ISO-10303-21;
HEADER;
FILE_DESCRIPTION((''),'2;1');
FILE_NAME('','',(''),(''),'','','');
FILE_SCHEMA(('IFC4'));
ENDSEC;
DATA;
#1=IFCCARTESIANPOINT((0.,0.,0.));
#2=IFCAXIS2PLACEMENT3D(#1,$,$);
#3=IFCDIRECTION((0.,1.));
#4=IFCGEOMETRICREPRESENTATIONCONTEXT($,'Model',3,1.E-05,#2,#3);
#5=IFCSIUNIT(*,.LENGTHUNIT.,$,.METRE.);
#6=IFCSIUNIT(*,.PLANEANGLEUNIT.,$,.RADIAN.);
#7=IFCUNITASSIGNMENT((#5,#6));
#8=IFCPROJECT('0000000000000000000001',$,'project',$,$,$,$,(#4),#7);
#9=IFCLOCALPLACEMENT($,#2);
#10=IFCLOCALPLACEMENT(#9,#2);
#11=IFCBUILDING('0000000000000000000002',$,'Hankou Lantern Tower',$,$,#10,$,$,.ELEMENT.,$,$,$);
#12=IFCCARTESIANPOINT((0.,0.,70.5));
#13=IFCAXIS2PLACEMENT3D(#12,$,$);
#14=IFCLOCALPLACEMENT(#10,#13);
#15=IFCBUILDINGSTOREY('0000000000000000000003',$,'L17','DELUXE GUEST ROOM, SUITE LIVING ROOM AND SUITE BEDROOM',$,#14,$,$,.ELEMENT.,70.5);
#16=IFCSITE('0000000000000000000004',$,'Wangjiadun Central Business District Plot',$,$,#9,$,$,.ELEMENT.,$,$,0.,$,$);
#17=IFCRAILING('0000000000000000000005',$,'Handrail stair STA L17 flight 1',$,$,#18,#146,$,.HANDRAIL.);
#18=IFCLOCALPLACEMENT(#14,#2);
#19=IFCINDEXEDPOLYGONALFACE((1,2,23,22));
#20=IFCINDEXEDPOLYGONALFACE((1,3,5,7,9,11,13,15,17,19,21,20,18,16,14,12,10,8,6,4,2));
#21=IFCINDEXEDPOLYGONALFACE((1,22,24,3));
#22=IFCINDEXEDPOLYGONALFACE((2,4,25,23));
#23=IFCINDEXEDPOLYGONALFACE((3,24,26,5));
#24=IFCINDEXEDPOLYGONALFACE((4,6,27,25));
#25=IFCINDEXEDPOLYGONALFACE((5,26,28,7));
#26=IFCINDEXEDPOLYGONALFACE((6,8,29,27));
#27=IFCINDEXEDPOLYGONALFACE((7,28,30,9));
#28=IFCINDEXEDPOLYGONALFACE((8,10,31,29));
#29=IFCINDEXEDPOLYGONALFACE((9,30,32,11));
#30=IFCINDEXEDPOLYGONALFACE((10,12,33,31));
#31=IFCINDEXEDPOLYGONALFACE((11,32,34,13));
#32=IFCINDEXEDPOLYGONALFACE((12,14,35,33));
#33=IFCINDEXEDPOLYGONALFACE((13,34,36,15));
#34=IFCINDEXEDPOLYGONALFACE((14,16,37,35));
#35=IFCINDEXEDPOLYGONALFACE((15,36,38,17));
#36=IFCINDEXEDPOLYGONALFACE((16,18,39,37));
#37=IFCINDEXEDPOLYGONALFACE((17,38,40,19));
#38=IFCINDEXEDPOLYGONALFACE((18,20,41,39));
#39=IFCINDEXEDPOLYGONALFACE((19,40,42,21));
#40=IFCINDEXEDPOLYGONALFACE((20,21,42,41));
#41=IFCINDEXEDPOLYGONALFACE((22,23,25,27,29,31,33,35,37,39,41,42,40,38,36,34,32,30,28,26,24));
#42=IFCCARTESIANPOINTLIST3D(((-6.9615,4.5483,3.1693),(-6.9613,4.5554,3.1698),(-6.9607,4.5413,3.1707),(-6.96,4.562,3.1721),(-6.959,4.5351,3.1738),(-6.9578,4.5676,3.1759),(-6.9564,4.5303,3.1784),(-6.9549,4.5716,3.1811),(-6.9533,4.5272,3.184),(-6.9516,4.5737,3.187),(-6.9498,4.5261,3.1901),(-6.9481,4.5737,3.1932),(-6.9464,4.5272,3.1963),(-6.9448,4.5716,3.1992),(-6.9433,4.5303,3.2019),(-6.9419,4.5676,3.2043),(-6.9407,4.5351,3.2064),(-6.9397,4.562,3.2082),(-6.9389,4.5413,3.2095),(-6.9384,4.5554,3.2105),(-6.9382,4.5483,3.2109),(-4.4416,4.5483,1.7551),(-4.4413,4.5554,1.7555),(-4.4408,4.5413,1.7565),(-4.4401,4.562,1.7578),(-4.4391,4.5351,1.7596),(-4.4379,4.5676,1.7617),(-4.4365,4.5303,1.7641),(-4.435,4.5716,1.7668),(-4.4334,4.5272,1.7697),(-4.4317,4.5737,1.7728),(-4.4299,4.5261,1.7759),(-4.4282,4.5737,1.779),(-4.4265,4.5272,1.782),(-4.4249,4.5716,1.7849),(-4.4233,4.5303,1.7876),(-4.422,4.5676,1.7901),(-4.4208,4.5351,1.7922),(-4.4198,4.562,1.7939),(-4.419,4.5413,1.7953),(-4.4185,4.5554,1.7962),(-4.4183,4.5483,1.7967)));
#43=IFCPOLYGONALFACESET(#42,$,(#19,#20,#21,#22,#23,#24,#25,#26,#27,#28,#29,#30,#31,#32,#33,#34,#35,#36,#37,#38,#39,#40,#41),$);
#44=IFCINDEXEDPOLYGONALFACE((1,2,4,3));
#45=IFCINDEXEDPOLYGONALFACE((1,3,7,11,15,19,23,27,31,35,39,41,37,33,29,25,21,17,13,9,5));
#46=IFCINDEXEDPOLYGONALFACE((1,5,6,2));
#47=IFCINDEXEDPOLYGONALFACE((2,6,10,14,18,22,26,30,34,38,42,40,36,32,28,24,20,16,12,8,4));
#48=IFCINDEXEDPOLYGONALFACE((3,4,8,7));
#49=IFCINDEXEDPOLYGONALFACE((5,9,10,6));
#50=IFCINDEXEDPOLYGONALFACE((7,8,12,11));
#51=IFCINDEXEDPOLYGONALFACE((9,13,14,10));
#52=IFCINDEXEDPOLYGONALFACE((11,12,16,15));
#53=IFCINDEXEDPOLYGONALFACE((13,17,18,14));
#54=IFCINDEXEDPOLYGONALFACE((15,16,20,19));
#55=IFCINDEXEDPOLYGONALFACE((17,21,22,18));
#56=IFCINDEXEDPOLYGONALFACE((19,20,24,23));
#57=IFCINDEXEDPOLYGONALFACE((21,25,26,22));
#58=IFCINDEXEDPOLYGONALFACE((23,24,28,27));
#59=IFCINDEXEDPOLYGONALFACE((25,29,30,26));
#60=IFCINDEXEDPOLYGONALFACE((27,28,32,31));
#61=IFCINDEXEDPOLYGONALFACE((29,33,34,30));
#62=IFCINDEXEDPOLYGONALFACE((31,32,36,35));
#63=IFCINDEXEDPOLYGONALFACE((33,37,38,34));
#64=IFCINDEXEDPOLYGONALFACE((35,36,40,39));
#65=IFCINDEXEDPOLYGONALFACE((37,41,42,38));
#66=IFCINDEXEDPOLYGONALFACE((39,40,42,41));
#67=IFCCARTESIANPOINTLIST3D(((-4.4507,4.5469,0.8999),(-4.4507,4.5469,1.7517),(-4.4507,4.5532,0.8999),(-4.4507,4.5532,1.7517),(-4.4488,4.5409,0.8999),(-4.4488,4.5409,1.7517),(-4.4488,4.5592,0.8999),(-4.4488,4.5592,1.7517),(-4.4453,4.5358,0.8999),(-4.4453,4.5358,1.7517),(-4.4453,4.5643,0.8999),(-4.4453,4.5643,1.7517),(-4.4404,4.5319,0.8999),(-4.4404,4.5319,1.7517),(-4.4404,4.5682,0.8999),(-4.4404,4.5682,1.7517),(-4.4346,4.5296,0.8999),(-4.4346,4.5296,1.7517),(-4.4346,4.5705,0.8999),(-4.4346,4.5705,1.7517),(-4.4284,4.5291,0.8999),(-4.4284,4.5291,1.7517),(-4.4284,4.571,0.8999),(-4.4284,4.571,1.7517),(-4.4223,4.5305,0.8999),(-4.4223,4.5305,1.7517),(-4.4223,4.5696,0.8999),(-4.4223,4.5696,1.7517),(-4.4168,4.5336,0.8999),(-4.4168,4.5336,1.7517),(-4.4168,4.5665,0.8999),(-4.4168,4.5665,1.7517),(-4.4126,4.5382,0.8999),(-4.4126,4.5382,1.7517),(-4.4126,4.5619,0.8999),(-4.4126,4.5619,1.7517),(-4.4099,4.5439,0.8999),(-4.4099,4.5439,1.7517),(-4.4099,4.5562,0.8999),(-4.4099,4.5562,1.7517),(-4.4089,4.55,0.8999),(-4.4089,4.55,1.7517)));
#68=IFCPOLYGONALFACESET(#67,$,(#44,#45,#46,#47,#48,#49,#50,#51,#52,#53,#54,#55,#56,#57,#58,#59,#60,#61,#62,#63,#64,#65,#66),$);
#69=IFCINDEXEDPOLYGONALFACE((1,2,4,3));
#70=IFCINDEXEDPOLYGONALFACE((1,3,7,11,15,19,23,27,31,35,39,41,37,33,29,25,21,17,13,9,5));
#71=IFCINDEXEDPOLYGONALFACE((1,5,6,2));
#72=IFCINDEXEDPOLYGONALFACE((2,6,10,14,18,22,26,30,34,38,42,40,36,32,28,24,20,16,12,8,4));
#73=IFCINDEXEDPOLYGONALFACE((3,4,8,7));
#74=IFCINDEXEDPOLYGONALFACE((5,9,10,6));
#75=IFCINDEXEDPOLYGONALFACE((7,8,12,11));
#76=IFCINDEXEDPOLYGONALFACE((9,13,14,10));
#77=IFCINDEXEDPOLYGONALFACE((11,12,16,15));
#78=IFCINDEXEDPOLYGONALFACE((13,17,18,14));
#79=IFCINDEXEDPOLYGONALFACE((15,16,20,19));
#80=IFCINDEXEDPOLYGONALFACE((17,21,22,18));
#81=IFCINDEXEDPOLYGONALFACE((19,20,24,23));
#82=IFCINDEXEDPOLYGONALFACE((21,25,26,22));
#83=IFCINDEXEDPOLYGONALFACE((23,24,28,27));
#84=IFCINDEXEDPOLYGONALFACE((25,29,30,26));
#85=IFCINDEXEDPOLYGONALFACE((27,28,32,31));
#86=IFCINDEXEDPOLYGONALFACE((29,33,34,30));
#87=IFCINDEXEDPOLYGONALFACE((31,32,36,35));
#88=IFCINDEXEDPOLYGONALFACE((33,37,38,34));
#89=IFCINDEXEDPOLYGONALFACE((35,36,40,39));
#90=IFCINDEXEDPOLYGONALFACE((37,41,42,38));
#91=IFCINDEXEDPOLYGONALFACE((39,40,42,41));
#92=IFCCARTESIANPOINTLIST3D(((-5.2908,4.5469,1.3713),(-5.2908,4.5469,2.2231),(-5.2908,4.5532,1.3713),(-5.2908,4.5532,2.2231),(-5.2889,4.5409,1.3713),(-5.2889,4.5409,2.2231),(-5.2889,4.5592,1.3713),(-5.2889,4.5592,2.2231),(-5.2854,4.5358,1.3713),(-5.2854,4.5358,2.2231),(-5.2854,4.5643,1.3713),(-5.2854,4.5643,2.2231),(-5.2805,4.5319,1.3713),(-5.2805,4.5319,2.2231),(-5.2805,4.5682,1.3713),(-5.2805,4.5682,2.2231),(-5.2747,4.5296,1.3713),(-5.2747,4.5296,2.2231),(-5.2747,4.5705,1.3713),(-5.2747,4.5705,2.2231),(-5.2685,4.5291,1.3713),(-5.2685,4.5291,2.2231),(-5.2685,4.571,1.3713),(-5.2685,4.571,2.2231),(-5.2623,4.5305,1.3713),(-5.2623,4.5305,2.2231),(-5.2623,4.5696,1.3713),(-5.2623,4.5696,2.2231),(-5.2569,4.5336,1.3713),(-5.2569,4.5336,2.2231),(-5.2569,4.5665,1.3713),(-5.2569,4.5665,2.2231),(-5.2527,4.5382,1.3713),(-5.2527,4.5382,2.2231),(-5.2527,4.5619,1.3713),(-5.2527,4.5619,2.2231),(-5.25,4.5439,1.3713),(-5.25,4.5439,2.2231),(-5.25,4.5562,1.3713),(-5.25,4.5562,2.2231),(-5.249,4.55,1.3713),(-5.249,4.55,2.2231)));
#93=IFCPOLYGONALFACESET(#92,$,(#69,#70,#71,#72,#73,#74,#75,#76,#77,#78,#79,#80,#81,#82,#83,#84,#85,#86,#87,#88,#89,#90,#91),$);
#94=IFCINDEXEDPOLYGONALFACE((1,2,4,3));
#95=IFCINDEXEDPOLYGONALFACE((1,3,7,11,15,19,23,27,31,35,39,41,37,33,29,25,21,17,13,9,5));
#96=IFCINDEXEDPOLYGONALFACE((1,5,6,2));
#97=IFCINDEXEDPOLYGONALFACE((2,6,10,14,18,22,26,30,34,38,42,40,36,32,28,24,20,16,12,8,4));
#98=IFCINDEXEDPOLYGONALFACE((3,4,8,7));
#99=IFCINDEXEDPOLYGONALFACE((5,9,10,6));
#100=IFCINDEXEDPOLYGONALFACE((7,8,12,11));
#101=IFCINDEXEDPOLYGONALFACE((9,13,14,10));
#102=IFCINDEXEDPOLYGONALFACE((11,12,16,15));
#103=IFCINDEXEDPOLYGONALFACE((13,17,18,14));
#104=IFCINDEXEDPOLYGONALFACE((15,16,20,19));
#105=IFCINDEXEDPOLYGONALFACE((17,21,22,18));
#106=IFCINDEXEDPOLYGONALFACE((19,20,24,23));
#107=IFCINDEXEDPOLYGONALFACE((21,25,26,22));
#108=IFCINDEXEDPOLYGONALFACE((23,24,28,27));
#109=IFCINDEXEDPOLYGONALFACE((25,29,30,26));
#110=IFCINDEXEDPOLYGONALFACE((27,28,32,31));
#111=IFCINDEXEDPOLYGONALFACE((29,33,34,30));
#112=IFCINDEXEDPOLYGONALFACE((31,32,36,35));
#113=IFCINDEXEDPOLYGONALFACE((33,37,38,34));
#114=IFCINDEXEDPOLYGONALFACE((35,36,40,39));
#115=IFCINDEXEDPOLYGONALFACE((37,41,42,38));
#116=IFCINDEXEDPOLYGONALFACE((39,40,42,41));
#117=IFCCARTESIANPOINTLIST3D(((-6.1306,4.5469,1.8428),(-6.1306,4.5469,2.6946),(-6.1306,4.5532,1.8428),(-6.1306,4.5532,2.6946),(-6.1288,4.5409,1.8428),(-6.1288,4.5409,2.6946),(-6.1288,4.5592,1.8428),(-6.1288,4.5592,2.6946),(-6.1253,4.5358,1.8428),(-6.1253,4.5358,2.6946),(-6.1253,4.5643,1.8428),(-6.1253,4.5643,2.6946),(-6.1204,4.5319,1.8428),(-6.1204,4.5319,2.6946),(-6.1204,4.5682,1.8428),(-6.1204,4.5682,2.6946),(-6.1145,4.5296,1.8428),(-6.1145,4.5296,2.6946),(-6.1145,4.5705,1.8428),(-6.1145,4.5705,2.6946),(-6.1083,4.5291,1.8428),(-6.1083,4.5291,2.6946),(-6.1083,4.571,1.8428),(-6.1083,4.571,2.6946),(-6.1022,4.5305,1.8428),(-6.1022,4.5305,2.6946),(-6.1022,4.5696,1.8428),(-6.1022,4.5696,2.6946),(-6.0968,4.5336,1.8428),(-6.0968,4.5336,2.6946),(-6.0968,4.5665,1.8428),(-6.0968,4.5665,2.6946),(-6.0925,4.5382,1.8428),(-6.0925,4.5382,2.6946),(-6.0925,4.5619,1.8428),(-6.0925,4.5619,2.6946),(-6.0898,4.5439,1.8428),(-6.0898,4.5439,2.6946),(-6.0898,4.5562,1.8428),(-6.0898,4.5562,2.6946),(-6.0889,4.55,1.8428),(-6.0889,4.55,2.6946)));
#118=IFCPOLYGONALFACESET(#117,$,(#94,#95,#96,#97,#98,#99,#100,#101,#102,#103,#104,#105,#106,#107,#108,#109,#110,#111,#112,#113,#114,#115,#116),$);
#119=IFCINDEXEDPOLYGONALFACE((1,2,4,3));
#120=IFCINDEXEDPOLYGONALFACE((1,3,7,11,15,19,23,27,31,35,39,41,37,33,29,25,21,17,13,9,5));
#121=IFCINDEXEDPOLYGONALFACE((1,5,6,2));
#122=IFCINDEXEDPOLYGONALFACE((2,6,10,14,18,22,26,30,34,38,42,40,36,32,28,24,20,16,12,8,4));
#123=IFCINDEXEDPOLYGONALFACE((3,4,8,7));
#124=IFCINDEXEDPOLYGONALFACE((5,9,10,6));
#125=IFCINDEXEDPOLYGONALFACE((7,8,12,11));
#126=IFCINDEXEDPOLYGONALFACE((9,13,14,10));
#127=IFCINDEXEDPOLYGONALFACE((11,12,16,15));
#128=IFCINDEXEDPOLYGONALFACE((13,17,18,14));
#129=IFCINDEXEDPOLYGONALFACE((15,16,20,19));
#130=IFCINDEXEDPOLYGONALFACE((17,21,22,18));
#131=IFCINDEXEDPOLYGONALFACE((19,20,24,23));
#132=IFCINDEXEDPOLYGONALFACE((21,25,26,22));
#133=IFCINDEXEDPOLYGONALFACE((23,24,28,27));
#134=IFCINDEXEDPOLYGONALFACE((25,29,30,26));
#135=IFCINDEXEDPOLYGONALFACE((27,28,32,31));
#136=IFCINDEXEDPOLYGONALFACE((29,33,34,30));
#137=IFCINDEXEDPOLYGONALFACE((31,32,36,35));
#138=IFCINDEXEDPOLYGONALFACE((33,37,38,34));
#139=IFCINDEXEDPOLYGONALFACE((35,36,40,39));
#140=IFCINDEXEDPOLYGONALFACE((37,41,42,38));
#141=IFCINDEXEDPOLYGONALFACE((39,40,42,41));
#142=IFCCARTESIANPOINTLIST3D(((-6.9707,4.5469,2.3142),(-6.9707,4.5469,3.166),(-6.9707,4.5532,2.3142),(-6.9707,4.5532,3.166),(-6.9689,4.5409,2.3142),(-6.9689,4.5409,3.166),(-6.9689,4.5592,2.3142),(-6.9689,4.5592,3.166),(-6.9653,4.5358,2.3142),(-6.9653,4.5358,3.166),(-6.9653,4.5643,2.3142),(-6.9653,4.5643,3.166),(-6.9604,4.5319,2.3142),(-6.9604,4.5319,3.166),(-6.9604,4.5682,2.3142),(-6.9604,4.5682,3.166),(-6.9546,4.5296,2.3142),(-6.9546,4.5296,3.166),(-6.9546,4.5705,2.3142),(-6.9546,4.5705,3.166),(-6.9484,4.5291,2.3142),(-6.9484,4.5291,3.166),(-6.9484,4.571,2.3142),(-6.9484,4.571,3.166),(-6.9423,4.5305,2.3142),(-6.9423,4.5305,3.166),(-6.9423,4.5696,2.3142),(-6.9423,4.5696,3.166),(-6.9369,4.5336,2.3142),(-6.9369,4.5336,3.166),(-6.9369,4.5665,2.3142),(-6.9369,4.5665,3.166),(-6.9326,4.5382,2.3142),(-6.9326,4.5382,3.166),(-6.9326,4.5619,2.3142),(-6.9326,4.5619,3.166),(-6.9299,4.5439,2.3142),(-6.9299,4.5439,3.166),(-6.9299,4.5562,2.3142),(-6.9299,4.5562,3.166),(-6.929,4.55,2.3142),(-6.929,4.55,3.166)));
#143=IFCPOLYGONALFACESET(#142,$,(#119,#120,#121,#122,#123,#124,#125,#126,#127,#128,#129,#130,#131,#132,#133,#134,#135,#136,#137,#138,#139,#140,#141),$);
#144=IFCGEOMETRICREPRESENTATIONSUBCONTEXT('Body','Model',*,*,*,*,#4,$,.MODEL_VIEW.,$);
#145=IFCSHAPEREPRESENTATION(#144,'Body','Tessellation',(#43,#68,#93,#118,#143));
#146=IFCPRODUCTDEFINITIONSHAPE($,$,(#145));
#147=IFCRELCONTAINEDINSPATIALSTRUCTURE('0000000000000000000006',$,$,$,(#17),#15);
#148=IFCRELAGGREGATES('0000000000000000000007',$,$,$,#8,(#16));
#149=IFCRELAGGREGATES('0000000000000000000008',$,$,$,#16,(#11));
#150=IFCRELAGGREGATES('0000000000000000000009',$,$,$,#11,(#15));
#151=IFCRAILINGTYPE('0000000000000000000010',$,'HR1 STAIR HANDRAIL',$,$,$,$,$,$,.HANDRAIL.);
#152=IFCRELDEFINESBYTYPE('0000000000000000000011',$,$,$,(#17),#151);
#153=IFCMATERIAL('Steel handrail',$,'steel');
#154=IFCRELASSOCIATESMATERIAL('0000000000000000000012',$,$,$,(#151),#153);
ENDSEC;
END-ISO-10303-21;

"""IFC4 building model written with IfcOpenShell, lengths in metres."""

from ifc_helpers import new_model, si_unit, direction, frame, origin, origin_2d, place, context, subcontext, project, spatial, circle, extrude, material, type_object, element, save


model = new_model("IFC4")

# Units and contexts
model_context = context("Model", 3, precision=1e-05, world=origin(), true_north=direction((0.0, 1.0)))
body_context = subcontext(model_context, "Body", "Model", "MODEL_VIEW")
ifc_project = project(units=[si_unit("LENGTHUNIT", "METRE"), si_unit("PLANEANGLEUNIT", "RADIAN")], contexts=[model_context])

# Site, building, storey
site_placement = place(None, origin())
site = spatial("IfcSite", under=ifc_project, at=site_placement, Name="Wangjiadun Central Business District Plot", CompositionType="ELEMENT", RefElevation=0.0)
building_placement = place(site_placement, origin())
building = spatial("IfcBuilding", under=site, at=building_placement, Name="Hankou Lantern Tower", CompositionType="ELEMENT")
storey_placement = place(building_placement, frame((0.0, 0.0, 70.5)))
storey = spatial("IfcBuildingStorey", under=building, at=storey_placement, Name="L17", Description="DELUXE GUEST ROOM, SUITE LIVING ROOM AND SUITE BEDROOM", CompositionType="ELEMENT", Elevation=70.5)

# Railing
ifc_material_1 = material(Name="Steel handrail", Category="steel")
railing_type = type_object("IfcRailingType", Name="HR1 STAIR HANDRAIL", PredefinedType="HANDRAIL", material=ifc_material_1)
railing_1_placement = place(storey_placement, frame((-4.4299, 4.55, 0.8999)))
element("IfcRailing", 1, at=railing_1_placement, inside=storey, type_object=railing_type, Name="Handrail stair STA L17 flight 1", PredefinedType="HANDRAIL", context=body_context, shape_type="SweptSolid", body=[
    extrude(circle(Radius=0.0239, at=origin_2d()), frame((0.0, 0.0, 0.876), z_axis=(-0.872049, 0.0, 0.489419), x_axis=(0.0, -1.0, 0.0)), (0.0, 0.0, 1.0), 2.8896),
    extrude(circle(Radius=0.021, at=origin_2d()), origin(), (0.0, 0.0, 1.0), 0.8518),
    extrude(circle(Radius=0.021, at=origin_2d()), frame((-0.8401, 0.0, 0.4714)), (0.0, 0.0, 1.0), 0.8518),
    extrude(circle(Radius=0.021, at=origin_2d()), frame((-1.6799, 0.0, 0.9429)), (0.0, 0.0, 1.0), 0.8518),
    extrude(circle(Radius=0.021, at=origin_2d()), frame((-2.52, 0.0, 1.4143)), (0.0, 0.0, 1.0), 0.8518),
])

save(model, "model.ifc")
